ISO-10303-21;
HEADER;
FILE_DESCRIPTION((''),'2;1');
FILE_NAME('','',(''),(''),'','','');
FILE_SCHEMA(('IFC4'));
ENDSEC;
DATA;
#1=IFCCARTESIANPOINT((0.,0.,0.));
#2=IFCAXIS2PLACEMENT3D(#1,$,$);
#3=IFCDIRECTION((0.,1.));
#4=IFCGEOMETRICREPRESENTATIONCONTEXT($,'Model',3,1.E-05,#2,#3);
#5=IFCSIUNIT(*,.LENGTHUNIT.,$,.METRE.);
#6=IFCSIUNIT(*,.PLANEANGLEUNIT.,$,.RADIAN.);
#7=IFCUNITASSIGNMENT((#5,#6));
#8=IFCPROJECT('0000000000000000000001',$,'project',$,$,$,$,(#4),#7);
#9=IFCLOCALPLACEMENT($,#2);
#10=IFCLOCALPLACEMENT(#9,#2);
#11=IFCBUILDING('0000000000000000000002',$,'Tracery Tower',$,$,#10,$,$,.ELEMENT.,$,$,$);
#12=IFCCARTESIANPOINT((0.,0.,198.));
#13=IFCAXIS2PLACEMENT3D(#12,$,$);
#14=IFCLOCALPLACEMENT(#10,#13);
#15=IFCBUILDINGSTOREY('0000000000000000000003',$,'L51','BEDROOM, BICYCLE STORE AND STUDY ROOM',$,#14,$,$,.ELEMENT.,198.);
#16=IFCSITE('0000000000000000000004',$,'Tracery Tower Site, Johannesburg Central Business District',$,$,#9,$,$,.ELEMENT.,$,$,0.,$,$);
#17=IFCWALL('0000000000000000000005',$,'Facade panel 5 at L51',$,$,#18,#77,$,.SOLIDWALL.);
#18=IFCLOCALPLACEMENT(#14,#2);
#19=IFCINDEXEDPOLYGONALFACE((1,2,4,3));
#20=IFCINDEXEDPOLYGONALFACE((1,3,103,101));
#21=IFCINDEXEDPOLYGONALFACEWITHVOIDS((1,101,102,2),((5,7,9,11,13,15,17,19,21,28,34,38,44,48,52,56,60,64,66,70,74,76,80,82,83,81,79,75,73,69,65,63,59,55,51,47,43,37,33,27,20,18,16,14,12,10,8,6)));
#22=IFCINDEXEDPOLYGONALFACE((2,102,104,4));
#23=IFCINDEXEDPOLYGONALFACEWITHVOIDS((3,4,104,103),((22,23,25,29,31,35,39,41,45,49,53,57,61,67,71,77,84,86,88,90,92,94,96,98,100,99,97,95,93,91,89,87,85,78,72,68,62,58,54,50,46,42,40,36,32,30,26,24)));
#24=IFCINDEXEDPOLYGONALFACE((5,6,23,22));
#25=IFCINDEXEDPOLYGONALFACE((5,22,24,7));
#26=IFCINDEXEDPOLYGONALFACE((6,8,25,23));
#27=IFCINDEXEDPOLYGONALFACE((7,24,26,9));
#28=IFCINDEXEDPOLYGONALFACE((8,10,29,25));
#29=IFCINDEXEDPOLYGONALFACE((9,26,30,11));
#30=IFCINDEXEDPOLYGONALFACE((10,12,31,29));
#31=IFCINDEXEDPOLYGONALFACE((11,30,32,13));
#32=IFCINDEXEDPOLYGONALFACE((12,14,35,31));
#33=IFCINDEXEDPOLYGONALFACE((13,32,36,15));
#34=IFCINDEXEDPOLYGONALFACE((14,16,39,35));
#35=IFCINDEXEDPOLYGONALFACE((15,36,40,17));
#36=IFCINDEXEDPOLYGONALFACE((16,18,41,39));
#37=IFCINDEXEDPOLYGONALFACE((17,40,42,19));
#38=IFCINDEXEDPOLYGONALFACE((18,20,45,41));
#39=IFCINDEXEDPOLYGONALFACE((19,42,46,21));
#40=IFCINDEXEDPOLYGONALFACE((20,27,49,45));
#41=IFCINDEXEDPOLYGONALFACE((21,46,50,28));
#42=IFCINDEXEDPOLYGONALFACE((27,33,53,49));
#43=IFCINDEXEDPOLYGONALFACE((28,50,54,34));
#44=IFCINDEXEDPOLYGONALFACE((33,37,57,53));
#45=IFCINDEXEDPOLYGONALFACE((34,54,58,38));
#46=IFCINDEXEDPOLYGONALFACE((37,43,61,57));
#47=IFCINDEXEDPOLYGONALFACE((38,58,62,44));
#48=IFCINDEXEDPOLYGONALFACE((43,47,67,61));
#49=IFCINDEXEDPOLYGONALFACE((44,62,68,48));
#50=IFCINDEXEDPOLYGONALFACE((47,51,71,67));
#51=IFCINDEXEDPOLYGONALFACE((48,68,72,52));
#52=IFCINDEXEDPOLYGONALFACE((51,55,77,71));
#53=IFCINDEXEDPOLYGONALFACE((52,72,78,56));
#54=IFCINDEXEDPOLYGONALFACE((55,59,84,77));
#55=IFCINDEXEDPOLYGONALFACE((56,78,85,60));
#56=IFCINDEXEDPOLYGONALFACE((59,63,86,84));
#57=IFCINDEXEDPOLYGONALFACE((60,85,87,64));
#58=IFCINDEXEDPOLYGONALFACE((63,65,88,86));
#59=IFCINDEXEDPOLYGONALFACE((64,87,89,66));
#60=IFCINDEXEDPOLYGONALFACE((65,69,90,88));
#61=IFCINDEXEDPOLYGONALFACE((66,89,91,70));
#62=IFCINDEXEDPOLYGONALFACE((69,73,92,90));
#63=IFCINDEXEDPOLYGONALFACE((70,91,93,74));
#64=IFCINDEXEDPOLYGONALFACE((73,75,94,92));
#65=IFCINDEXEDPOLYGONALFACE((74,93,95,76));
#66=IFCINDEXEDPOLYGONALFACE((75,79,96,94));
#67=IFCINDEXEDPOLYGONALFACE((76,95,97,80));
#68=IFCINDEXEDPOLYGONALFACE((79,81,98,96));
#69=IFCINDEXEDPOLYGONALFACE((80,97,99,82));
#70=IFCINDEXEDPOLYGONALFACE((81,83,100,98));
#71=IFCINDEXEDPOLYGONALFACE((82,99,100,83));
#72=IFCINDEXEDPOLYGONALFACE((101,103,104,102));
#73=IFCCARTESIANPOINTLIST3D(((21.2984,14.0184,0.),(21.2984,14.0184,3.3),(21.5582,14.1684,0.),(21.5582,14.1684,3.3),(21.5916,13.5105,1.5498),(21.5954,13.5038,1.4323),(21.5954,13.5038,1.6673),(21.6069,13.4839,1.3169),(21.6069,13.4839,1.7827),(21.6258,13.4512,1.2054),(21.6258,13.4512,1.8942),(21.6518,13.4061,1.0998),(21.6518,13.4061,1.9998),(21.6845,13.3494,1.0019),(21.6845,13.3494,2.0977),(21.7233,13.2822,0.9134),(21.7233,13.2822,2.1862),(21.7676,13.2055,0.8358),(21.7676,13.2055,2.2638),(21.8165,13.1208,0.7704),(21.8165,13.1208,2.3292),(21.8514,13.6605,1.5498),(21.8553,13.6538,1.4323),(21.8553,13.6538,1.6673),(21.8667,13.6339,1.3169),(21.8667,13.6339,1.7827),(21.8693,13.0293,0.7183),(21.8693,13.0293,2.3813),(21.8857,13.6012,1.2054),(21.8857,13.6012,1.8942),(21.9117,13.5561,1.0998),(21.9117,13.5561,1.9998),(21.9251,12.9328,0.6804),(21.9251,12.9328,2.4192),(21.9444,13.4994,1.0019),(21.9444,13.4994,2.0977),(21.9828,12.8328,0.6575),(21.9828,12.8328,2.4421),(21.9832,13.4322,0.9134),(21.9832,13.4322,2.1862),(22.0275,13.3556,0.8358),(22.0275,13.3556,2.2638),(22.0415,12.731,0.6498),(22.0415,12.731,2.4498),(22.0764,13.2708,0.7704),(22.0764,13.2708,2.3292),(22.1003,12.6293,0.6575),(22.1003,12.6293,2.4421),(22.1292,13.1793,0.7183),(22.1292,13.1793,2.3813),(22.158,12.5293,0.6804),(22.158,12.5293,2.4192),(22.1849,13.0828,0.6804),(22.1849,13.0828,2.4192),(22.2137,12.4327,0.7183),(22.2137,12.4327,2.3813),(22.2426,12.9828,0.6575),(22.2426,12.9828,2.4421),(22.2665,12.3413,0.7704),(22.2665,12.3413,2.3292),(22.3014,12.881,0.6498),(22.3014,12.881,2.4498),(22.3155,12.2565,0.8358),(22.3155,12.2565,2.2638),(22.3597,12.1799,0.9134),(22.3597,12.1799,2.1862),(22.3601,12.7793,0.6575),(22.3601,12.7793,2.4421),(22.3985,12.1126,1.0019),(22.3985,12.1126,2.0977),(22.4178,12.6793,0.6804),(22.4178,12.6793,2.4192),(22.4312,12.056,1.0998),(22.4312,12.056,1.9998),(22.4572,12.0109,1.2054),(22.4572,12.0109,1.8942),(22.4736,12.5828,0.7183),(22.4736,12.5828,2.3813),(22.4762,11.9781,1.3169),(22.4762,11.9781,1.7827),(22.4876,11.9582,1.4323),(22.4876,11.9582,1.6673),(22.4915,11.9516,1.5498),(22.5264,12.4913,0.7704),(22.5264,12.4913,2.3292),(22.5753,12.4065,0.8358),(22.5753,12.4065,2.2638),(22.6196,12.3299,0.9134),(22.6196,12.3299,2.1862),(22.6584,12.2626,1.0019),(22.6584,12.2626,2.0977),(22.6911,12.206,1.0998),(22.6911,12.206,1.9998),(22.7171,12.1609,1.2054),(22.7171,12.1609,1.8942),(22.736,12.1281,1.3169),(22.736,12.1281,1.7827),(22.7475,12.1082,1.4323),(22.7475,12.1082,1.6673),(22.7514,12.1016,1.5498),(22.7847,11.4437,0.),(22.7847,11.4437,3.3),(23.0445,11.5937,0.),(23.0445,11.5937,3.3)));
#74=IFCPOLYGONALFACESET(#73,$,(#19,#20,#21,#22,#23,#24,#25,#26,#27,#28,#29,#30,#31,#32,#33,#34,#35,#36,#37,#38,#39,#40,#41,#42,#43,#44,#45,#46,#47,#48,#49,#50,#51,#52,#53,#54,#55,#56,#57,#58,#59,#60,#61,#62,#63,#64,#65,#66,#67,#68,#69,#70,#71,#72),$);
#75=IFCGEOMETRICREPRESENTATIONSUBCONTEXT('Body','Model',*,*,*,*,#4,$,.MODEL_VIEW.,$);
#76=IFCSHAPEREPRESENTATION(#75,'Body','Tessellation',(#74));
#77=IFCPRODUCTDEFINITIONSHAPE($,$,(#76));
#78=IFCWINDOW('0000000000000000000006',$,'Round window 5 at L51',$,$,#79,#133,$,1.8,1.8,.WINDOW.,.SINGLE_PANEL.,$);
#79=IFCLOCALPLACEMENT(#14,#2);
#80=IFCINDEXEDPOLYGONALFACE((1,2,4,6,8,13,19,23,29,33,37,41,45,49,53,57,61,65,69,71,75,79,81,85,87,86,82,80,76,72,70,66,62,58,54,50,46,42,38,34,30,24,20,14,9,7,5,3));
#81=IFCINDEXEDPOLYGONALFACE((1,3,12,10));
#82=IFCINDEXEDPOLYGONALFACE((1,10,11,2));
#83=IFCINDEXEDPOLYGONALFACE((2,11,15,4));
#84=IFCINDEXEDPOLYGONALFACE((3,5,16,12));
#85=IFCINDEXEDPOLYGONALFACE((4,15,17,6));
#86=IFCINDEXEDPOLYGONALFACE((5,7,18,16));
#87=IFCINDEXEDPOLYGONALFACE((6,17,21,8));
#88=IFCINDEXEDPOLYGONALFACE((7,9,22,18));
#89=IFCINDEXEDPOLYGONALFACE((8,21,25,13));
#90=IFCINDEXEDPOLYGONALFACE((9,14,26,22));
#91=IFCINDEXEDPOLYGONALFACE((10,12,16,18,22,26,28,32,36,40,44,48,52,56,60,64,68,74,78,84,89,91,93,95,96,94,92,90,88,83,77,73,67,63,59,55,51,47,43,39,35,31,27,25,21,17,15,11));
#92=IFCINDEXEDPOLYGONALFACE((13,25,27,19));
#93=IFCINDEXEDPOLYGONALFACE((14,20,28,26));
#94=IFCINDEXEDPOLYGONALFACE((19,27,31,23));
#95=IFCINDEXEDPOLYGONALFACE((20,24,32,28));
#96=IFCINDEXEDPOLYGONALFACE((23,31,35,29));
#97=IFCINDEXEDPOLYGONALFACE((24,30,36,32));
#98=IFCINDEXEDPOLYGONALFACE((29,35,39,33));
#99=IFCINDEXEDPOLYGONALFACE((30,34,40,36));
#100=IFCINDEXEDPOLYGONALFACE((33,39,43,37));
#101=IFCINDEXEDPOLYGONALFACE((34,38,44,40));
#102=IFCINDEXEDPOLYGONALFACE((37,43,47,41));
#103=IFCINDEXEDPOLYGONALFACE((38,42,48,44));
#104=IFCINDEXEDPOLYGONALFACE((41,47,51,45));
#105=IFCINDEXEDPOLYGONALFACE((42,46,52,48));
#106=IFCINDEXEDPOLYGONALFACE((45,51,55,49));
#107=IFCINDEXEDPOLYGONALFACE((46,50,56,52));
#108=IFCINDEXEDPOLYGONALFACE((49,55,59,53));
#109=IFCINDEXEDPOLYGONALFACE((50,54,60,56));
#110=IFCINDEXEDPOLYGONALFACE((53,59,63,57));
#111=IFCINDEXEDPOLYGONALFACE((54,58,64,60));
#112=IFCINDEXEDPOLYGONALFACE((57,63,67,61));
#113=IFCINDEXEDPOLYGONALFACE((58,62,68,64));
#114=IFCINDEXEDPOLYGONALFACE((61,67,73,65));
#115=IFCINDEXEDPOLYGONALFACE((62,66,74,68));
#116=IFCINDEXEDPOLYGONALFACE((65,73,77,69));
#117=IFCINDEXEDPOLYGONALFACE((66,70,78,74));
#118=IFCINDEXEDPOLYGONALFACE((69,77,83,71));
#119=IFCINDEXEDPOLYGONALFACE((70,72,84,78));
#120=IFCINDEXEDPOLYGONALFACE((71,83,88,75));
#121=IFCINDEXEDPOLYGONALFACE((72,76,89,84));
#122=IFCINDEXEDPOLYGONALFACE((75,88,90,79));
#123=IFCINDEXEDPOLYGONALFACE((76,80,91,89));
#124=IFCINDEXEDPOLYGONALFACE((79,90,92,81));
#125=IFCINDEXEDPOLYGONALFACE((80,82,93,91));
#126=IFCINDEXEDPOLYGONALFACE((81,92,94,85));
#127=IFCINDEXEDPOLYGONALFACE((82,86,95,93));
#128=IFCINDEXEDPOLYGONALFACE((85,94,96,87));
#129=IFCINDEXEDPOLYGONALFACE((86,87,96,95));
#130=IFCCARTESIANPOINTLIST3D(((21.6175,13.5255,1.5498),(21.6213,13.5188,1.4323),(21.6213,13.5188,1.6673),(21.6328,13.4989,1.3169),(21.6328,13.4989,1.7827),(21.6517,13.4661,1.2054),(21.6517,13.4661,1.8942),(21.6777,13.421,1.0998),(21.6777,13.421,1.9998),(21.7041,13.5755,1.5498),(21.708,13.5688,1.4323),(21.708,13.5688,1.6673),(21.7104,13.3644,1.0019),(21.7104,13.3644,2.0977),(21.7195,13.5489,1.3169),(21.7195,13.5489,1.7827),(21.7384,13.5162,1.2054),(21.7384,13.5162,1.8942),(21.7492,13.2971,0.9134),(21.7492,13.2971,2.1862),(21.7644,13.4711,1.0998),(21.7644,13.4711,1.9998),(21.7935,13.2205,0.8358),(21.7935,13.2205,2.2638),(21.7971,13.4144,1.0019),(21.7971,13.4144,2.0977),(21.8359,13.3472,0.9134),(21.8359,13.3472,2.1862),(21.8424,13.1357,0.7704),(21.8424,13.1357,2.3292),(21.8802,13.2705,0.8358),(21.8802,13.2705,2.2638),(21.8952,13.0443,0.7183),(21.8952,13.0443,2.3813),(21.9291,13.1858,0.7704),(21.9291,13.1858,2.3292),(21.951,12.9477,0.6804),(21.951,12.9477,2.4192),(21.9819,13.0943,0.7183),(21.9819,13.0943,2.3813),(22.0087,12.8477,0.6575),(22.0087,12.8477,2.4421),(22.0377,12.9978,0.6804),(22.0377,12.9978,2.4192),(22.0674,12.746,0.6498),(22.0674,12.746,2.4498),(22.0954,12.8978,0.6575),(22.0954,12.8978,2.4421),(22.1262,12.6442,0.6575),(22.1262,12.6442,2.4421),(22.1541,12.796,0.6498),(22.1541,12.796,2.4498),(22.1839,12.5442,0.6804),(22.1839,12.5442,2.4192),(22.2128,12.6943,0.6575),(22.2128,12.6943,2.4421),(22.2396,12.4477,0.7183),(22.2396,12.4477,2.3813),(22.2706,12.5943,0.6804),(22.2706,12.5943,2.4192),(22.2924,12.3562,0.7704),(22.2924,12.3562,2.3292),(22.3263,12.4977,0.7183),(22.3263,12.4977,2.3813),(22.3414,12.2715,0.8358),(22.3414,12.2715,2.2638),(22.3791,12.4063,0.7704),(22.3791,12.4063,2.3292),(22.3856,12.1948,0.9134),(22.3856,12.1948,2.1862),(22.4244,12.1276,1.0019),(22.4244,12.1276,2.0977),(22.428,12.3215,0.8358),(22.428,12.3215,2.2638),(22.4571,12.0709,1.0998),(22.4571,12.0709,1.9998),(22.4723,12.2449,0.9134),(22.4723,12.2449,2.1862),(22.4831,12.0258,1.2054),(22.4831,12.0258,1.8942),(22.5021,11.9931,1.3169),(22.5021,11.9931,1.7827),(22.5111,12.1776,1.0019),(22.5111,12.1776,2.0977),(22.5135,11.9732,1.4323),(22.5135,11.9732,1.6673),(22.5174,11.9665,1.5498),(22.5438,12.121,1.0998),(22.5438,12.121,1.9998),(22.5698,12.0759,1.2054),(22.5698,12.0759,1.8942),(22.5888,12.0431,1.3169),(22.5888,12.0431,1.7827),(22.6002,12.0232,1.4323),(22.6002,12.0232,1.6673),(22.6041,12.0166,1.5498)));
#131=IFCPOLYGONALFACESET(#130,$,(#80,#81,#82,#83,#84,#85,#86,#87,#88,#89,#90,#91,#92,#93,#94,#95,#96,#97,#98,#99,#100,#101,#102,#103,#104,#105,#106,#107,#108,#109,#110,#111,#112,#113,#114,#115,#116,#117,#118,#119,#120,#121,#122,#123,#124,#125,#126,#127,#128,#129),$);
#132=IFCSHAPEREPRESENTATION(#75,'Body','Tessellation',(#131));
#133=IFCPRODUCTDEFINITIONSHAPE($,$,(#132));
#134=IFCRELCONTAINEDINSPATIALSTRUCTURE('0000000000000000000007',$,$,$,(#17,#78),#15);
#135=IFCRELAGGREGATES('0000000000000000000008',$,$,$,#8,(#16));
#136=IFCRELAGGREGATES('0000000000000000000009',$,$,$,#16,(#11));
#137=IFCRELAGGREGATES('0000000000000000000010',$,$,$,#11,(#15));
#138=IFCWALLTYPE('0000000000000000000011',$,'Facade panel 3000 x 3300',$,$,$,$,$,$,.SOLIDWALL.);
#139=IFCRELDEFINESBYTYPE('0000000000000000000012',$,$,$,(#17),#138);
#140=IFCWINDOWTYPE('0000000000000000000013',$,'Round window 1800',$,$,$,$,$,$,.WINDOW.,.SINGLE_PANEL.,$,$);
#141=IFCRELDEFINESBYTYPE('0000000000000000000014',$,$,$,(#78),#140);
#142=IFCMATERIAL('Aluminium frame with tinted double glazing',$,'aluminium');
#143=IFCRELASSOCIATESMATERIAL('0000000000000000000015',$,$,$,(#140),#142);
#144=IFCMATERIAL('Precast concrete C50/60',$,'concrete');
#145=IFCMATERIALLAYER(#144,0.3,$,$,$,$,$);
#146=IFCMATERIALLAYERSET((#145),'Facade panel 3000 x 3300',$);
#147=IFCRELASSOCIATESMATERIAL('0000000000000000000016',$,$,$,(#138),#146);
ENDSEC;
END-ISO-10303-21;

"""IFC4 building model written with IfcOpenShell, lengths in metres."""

from ifc_helpers import new_model, si_unit, direction, frame, frame_2d, origin, origin_2d, place, context, subcontext, project, spatial, rectangle, circle, extrude, material, layer, layer_set, type_object, element, fill, save


model = new_model("IFC4")

# Units and contexts
model_context = context("Model", 3, precision=1e-05, world=origin(), true_north=direction((0.0, 1.0)))
body_context = subcontext(model_context, "Body", "Model", "MODEL_VIEW")
ifc_project = project(units=[si_unit("LENGTHUNIT", "METRE"), si_unit("PLANEANGLEUNIT", "RADIAN")], contexts=[model_context])

# Site, building, storey
site_placement = place(None, origin())
site = spatial("IfcSite", under=ifc_project, at=site_placement, Name="Tracery Tower Site, Johannesburg Central Business District", CompositionType="ELEMENT", RefElevation=0.0)
building_placement = place(site_placement, origin())
building = spatial("IfcBuilding", under=site, at=building_placement, Name="Tracery Tower", CompositionType="ELEMENT")
storey_placement = place(building_placement, frame((0.0, 0.0, 198.0)))
storey = spatial("IfcBuildingStorey", under=building, at=storey_placement, Name="L51", Description="BEDROOM, BICYCLE STORE AND STUDY ROOM", CompositionType="ELEMENT", Elevation=198.0)

# Wall, opening, window
ifc_material_1 = material(Name="Aluminium frame with tinted double glazing", Category="aluminium")
window_type = type_object("IfcWindowType", Name="Round window 1800", PartitioningType="SINGLE_PANEL", PredefinedType="WINDOW", material=ifc_material_1)
ifc_material_2 = material(Name="Precast concrete C50/60", Category="concrete")
ifc_layer_1 = layer(ifc_material_2, 0.3)
ifc_layer_set_1 = layer_set([ifc_layer_1], Name="Facade panel 3000 x 3300")
wall_type_1 = type_object("IfcWallType", Name="Facade panel 3000 x 3300", PredefinedType="SOLIDWALL", material=ifc_layer_set_1)
wall_1_placement = place(storey_placement, frame((22.9146, 11.5188, 0.0), z_axis=(0.0, 0.0, 1.0), x_axis=(-0.499955, 0.866052, 0.0)))
wall_1 = element("IfcWall", 1, at=wall_1_placement, inside=storey, type_object=wall_type_1, Name="Facade panel 5 at L51", PredefinedType="SOLIDWALL", context=body_context, shape_type="SweptSolid", body=[
    extrude(rectangle(XDim=2.9729, YDim=0.3, at=frame_2d((1.4863, 0.0))), origin(), (0.0, 0.0, 1.0), 3.3),
])
opening_1_placement = place(wall_1_placement, frame((1.4863, 0.0, 1.5498)))
opening_1 = element("IfcOpeningElement", 2, at=opening_1_placement, cuts=wall_1, PredefinedType="OPENING", context=body_context, shape_type="SweptSolid", body=[
    extrude(circle(Radius=0.9, at=origin_2d()), frame((0.0, 0.1599, 0.0), z_axis=(0.0, -1.0, 0.0), x_axis=(1.0, 0.0, 0.0)), (0.0, 0.0, 1.0), 0.3201),
])
window_1_placement = place(opening_1_placement, origin())
window_1 = element("IfcWindow", 3, at=window_1_placement, inside=storey, type_object=window_type, Name="Round window 5 at L51", OverallHeight=1.8, OverallWidth=1.8, PartitioningType="SINGLE_PANEL", PredefinedType="WINDOW", context=body_context, shape_type="SweptSolid", body=[
    extrude(circle(Radius=0.9, at=origin_2d()), frame((0.0, 0.1201, 0.0), z_axis=(0.0, -1.0, 0.0), x_axis=(1.0, 0.0, 0.0)), (0.0, 0.0, 1.0), 0.1001),
])
fill(opening_1, window_1)

save(model, "model.ifc")
